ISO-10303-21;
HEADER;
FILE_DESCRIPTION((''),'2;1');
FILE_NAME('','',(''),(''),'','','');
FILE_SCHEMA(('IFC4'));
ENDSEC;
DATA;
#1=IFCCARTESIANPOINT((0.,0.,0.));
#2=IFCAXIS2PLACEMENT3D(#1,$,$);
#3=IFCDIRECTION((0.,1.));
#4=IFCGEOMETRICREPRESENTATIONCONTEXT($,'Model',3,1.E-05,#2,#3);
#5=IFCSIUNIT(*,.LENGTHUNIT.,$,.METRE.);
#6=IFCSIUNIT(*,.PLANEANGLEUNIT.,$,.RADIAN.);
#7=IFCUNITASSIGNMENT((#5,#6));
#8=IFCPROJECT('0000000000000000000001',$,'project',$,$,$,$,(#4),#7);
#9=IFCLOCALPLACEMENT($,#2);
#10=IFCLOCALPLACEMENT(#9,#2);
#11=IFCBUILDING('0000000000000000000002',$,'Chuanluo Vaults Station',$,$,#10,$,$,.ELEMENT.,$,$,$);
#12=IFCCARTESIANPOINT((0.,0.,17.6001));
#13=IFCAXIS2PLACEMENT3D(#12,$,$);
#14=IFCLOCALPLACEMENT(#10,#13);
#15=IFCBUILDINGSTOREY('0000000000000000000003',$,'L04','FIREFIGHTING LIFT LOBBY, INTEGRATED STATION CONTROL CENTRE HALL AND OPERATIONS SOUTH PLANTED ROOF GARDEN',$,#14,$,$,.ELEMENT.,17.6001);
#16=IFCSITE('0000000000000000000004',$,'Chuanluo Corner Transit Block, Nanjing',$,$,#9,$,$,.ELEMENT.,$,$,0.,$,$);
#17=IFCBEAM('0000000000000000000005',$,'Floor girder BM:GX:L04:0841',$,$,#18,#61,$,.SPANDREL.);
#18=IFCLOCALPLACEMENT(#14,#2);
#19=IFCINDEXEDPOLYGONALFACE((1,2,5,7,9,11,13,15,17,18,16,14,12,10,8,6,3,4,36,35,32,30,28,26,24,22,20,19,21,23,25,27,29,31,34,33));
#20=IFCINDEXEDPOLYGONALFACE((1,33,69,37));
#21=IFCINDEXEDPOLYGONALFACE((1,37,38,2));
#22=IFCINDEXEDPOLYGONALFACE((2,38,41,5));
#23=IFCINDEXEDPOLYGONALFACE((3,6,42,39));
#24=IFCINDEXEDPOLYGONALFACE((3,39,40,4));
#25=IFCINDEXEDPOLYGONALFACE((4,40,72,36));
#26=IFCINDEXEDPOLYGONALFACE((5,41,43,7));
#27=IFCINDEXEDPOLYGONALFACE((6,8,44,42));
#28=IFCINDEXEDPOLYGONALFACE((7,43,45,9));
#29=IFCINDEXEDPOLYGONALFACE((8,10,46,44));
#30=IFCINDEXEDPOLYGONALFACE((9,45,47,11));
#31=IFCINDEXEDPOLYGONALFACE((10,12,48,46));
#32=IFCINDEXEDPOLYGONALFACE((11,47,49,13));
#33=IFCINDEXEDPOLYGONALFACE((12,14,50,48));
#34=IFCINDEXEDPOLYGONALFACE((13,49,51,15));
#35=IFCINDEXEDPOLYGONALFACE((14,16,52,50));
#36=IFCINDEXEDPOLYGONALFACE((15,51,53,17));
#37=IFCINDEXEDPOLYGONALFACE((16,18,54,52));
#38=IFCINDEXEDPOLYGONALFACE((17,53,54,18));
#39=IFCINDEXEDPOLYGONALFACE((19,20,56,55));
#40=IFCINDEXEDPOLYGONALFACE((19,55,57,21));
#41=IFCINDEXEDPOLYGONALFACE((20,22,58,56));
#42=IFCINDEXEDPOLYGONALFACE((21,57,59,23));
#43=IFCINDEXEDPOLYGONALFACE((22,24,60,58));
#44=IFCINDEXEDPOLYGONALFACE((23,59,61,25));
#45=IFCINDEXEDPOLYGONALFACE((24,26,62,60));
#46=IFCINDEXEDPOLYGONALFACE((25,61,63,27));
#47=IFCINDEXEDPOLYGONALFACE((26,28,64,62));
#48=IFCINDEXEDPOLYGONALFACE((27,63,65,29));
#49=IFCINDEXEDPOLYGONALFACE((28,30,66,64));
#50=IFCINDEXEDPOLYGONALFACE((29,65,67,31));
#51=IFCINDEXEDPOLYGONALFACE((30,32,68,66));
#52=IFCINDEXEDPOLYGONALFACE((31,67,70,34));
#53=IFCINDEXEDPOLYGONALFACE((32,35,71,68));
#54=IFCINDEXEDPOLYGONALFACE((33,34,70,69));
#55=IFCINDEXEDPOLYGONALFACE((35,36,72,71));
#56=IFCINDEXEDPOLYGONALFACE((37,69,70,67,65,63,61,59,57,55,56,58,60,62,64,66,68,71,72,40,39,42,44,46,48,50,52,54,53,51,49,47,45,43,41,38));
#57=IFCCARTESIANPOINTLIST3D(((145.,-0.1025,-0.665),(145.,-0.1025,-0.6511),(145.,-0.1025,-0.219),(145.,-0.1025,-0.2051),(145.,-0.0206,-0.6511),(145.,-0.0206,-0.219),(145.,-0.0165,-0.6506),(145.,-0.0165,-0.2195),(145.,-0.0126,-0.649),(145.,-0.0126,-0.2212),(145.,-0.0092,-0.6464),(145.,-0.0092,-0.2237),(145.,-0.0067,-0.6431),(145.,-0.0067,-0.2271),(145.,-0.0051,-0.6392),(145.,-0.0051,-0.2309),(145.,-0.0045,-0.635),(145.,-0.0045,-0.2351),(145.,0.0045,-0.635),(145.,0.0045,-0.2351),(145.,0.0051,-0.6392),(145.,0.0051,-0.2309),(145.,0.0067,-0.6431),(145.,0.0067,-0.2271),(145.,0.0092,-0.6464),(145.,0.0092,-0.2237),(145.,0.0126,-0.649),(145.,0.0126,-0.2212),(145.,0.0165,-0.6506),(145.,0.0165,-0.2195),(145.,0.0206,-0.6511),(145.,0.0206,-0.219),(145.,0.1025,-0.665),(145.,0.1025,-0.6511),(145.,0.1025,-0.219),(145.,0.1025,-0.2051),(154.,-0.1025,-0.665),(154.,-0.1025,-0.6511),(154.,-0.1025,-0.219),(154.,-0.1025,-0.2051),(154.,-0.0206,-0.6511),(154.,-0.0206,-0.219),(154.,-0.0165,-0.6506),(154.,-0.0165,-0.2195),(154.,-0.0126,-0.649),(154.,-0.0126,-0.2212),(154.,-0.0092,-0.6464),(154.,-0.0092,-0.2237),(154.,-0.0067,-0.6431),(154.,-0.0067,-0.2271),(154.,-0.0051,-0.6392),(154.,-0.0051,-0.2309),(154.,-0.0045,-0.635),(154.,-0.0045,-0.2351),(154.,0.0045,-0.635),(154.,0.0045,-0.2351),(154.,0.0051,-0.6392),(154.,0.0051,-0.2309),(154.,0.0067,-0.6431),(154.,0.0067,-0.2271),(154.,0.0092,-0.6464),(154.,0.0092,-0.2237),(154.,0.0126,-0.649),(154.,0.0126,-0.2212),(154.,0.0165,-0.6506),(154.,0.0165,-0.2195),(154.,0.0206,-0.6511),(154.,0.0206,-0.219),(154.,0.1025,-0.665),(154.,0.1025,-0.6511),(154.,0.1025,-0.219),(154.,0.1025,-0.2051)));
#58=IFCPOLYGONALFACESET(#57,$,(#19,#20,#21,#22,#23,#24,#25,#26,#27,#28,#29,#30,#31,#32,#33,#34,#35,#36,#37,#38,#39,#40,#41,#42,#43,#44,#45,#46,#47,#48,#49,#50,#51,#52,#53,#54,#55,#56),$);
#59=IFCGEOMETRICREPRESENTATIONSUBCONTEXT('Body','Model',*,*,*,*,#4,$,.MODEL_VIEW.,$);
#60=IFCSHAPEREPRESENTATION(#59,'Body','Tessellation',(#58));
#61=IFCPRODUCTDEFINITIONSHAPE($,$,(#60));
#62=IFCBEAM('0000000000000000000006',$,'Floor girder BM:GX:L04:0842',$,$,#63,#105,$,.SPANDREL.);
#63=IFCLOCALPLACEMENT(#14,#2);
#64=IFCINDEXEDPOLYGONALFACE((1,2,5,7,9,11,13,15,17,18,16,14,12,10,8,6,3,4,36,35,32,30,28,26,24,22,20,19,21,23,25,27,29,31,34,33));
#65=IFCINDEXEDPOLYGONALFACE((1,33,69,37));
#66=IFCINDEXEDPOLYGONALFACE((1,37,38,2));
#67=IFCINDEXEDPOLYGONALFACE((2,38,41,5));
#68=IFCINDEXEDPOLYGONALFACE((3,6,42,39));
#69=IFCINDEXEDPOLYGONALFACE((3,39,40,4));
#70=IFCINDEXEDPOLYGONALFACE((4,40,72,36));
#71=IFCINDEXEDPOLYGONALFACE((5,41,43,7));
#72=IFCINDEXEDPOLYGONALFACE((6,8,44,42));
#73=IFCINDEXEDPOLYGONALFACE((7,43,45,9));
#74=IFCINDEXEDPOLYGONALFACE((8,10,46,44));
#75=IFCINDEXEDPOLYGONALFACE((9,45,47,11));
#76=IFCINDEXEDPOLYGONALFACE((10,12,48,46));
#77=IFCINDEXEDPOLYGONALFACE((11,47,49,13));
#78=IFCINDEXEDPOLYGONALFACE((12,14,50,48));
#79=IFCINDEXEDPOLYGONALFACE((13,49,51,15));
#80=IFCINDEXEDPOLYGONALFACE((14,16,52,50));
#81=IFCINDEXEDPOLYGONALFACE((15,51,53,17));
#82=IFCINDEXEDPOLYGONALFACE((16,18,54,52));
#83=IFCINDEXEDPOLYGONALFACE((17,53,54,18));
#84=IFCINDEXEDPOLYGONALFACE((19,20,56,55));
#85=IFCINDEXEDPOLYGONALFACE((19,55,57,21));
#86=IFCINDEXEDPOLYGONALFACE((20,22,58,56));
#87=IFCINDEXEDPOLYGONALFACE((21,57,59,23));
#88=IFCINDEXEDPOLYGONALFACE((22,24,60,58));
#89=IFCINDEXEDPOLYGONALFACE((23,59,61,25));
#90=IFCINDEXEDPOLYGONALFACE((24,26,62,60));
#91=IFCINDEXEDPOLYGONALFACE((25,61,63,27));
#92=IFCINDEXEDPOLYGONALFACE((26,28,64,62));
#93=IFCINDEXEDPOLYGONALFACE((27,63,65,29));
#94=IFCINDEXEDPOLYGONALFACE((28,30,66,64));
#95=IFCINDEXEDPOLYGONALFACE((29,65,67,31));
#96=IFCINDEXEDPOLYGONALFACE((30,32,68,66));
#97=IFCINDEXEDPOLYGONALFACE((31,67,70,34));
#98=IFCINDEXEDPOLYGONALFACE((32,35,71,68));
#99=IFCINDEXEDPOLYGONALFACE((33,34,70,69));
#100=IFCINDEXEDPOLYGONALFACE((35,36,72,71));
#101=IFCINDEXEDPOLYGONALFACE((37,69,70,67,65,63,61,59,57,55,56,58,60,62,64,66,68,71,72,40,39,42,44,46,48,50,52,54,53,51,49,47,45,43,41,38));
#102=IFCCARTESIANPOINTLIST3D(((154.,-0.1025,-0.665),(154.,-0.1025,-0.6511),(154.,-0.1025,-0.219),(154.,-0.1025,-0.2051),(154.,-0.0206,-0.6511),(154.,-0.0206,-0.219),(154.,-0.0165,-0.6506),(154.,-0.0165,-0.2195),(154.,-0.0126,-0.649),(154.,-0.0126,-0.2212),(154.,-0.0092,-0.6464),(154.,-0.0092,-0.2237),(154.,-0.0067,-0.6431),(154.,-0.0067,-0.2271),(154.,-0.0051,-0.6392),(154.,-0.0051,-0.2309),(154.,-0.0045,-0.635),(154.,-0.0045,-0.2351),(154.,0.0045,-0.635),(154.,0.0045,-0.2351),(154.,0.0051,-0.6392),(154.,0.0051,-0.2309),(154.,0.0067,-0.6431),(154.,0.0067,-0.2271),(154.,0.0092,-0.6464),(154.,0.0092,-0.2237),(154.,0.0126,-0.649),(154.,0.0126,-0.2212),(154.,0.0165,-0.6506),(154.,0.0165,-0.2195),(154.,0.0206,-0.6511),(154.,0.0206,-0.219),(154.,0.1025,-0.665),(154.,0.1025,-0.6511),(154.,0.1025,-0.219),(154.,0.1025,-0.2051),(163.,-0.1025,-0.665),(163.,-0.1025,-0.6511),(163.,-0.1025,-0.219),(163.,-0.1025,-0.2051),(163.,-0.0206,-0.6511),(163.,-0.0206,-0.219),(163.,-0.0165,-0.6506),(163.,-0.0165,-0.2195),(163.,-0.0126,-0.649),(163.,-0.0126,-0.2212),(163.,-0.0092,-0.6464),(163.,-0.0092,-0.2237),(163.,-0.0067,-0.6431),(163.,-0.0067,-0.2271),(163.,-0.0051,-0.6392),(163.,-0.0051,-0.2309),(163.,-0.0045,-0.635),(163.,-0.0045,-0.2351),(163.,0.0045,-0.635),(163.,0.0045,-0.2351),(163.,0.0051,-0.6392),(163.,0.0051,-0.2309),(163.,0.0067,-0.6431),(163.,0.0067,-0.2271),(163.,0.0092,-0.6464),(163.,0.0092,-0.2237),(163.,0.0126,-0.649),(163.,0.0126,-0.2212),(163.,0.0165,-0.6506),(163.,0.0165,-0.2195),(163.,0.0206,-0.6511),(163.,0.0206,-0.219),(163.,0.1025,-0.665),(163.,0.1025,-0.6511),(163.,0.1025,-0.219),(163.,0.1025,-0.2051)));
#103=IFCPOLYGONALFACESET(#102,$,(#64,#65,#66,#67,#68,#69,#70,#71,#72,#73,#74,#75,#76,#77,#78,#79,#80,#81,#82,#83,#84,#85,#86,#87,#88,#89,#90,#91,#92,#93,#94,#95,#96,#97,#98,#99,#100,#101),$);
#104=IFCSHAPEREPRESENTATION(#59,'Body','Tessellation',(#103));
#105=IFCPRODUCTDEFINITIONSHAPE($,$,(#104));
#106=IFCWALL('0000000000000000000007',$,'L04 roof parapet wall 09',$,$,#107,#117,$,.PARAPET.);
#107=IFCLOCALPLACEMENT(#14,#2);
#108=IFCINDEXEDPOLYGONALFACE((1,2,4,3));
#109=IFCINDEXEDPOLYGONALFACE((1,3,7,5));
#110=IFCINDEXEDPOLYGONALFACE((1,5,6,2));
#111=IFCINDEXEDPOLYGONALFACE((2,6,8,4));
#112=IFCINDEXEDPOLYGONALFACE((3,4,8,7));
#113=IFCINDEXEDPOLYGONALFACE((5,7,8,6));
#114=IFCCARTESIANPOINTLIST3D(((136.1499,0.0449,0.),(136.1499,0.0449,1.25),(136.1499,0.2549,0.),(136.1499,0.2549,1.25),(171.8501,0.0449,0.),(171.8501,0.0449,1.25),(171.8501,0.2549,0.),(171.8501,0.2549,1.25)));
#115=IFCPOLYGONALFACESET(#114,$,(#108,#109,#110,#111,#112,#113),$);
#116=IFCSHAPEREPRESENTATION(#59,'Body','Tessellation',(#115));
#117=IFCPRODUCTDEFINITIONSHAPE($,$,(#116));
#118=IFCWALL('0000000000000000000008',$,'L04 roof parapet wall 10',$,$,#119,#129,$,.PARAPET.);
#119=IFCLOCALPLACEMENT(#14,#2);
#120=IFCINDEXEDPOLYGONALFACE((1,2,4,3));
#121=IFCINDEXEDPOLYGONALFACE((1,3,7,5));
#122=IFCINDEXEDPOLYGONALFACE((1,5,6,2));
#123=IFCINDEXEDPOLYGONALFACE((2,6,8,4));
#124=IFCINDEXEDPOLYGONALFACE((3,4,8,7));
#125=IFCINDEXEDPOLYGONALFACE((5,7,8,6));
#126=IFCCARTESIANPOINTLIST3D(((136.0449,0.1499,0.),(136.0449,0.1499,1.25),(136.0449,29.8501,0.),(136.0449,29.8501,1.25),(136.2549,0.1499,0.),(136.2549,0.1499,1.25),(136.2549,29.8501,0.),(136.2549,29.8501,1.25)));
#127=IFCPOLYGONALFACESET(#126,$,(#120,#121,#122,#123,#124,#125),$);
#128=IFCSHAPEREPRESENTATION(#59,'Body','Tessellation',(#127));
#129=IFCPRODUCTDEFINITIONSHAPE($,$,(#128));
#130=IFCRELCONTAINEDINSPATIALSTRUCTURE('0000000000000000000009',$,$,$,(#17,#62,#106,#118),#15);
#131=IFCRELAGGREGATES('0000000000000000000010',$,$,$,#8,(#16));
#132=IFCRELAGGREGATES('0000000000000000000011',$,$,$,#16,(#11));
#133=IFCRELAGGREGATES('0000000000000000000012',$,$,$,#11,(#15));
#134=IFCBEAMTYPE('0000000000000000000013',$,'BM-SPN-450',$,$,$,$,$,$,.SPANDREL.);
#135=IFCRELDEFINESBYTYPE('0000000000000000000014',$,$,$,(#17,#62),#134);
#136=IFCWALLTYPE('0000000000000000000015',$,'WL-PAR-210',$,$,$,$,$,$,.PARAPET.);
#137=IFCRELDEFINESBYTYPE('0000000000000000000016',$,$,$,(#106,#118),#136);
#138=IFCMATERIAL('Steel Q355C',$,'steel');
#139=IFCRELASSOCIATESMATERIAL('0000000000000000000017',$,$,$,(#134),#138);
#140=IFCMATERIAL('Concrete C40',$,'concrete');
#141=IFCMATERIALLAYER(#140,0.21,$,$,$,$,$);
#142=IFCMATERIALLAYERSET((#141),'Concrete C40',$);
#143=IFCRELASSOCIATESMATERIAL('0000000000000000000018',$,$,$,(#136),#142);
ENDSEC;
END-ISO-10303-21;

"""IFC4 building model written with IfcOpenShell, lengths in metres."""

from ifc_helpers import new_model, si_unit, direction, frame, frame_2d, origin, origin_2d, place, context, subcontext, project, spatial, rectangle, i_section, extrude, material, layer, layer_set, material_profile, profile_set, type_object, element, save


model = new_model("IFC4")

# Units and contexts
model_context = context("Model", 3, precision=1e-05, world=origin(), true_north=direction((0.0, 1.0)))
body_context = subcontext(model_context, "Body", "Model", "MODEL_VIEW")
ifc_project = project(units=[si_unit("LENGTHUNIT", "METRE"), si_unit("PLANEANGLEUNIT", "RADIAN")], contexts=[model_context])

# Site, building, storey
site_placement = place(None, origin())
site = spatial("IfcSite", under=ifc_project, at=site_placement, Name="Chuanluo Corner Transit Block, Nanjing", CompositionType="ELEMENT", RefElevation=0.0)
building_placement = place(site_placement, origin())
building = spatial("IfcBuilding", under=site, at=building_placement, Name="Chuanluo Vaults Station", CompositionType="ELEMENT")
storey_placement = place(building_placement, frame((0.0, 0.0, 17.6001)))
storey = spatial("IfcBuildingStorey", under=building, at=storey_placement, Name="L04", Description="FIREFIGHTING LIFT LOBBY, INTEGRATED STATION CONTROL CENTRE HALL AND OPERATIONS SOUTH PLANTED ROOF GARDEN", CompositionType="ELEMENT", Elevation=17.6001)

# Beams
ifc_material_1 = material(Name="Steel Q355C", Category="steel")
ifc_material_profile_1 = material_profile(ifc_material_1, i_section(OverallWidth=0.2051, OverallDepth=0.46, WebThickness=0.009, FlangeThickness=0.0139, FilletRadius=0.0161, at=origin_2d()))
ifc_profile_set_1 = profile_set([ifc_material_profile_1], Name="Steel Q355C")
beam_type_1 = type_object("IfcBeamType", Name="BM-SPN-450", PredefinedType="SPANDREL", material=ifc_profile_set_1)
for number, where, z_axis, x_axis, name in (
    (1, (145.0, 0.0, -0.4351), (1.0, 0.0, 0.0), (0.0, 1.0, 0.0), "Floor girder BM:GX:L04:0841"),
    (2, (154.0, 0.0, -0.4351), (1.0, 0.0, 0.0), (0.0, 1.0, 0.0), "Floor girder BM:GX:L04:0842"),
):
    element("IfcBeam", number, at=place(storey_placement, frame(where, z_axis=z_axis, x_axis=x_axis)), inside=storey, type_object=beam_type_1, Name=name, PredefinedType="SPANDREL", context=body_context, shape_type="SweptSolid", body=[
        extrude(i_section(OverallWidth=0.2051, OverallDepth=0.46, WebThickness=0.009, FlangeThickness=0.0139, FilletRadius=0.0161, at=origin_2d()), origin(), (0.0, 0.0, 1.0), 9.0),
    ])

# Walls
ifc_material_2 = material(Name="Concrete C40", Category="concrete")
ifc_layer = layer(ifc_material_2, 0.21)
ifc_layer_set = layer_set([ifc_layer], Name="Concrete C40")
wall_type = type_object("IfcWallType", Name="WL-PAR-210", PredefinedType="PARAPET", material=ifc_layer_set)
wall_1_placement = place(storey_placement, frame((136.1499, 0.1499, 0.0), z_axis=(0.0, 0.0, 1.0), x_axis=(1.0, 0.0, 0.0)))
element("IfcWall", 3, at=wall_1_placement, inside=storey, type_object=wall_type, Name="L04 roof parapet wall 09", PredefinedType="PARAPET", context=body_context, shape_type="SweptSolid", body=[
    extrude(rectangle(XDim=35.7002, YDim=0.21, at=frame_2d((17.8501, 0.0))), origin(), (0.0, 0.0, 1.0), 1.25),
])
wall_2_placement = place(storey_placement, frame((136.1499, 0.1499, 0.0), z_axis=(0.0, 0.0, 1.0), x_axis=(0.0, 1.0, 0.0)))
element("IfcWall", 4, at=wall_2_placement, inside=storey, type_object=wall_type, Name="L04 roof parapet wall 10", PredefinedType="PARAPET", context=body_context, shape_type="SweptSolid", body=[
    extrude(rectangle(XDim=29.7002, YDim=0.21, at=frame_2d((14.8501, 0.0))), origin(), (0.0, 0.0, 1.0), 1.25),
])

save(model, "model.ifc")
